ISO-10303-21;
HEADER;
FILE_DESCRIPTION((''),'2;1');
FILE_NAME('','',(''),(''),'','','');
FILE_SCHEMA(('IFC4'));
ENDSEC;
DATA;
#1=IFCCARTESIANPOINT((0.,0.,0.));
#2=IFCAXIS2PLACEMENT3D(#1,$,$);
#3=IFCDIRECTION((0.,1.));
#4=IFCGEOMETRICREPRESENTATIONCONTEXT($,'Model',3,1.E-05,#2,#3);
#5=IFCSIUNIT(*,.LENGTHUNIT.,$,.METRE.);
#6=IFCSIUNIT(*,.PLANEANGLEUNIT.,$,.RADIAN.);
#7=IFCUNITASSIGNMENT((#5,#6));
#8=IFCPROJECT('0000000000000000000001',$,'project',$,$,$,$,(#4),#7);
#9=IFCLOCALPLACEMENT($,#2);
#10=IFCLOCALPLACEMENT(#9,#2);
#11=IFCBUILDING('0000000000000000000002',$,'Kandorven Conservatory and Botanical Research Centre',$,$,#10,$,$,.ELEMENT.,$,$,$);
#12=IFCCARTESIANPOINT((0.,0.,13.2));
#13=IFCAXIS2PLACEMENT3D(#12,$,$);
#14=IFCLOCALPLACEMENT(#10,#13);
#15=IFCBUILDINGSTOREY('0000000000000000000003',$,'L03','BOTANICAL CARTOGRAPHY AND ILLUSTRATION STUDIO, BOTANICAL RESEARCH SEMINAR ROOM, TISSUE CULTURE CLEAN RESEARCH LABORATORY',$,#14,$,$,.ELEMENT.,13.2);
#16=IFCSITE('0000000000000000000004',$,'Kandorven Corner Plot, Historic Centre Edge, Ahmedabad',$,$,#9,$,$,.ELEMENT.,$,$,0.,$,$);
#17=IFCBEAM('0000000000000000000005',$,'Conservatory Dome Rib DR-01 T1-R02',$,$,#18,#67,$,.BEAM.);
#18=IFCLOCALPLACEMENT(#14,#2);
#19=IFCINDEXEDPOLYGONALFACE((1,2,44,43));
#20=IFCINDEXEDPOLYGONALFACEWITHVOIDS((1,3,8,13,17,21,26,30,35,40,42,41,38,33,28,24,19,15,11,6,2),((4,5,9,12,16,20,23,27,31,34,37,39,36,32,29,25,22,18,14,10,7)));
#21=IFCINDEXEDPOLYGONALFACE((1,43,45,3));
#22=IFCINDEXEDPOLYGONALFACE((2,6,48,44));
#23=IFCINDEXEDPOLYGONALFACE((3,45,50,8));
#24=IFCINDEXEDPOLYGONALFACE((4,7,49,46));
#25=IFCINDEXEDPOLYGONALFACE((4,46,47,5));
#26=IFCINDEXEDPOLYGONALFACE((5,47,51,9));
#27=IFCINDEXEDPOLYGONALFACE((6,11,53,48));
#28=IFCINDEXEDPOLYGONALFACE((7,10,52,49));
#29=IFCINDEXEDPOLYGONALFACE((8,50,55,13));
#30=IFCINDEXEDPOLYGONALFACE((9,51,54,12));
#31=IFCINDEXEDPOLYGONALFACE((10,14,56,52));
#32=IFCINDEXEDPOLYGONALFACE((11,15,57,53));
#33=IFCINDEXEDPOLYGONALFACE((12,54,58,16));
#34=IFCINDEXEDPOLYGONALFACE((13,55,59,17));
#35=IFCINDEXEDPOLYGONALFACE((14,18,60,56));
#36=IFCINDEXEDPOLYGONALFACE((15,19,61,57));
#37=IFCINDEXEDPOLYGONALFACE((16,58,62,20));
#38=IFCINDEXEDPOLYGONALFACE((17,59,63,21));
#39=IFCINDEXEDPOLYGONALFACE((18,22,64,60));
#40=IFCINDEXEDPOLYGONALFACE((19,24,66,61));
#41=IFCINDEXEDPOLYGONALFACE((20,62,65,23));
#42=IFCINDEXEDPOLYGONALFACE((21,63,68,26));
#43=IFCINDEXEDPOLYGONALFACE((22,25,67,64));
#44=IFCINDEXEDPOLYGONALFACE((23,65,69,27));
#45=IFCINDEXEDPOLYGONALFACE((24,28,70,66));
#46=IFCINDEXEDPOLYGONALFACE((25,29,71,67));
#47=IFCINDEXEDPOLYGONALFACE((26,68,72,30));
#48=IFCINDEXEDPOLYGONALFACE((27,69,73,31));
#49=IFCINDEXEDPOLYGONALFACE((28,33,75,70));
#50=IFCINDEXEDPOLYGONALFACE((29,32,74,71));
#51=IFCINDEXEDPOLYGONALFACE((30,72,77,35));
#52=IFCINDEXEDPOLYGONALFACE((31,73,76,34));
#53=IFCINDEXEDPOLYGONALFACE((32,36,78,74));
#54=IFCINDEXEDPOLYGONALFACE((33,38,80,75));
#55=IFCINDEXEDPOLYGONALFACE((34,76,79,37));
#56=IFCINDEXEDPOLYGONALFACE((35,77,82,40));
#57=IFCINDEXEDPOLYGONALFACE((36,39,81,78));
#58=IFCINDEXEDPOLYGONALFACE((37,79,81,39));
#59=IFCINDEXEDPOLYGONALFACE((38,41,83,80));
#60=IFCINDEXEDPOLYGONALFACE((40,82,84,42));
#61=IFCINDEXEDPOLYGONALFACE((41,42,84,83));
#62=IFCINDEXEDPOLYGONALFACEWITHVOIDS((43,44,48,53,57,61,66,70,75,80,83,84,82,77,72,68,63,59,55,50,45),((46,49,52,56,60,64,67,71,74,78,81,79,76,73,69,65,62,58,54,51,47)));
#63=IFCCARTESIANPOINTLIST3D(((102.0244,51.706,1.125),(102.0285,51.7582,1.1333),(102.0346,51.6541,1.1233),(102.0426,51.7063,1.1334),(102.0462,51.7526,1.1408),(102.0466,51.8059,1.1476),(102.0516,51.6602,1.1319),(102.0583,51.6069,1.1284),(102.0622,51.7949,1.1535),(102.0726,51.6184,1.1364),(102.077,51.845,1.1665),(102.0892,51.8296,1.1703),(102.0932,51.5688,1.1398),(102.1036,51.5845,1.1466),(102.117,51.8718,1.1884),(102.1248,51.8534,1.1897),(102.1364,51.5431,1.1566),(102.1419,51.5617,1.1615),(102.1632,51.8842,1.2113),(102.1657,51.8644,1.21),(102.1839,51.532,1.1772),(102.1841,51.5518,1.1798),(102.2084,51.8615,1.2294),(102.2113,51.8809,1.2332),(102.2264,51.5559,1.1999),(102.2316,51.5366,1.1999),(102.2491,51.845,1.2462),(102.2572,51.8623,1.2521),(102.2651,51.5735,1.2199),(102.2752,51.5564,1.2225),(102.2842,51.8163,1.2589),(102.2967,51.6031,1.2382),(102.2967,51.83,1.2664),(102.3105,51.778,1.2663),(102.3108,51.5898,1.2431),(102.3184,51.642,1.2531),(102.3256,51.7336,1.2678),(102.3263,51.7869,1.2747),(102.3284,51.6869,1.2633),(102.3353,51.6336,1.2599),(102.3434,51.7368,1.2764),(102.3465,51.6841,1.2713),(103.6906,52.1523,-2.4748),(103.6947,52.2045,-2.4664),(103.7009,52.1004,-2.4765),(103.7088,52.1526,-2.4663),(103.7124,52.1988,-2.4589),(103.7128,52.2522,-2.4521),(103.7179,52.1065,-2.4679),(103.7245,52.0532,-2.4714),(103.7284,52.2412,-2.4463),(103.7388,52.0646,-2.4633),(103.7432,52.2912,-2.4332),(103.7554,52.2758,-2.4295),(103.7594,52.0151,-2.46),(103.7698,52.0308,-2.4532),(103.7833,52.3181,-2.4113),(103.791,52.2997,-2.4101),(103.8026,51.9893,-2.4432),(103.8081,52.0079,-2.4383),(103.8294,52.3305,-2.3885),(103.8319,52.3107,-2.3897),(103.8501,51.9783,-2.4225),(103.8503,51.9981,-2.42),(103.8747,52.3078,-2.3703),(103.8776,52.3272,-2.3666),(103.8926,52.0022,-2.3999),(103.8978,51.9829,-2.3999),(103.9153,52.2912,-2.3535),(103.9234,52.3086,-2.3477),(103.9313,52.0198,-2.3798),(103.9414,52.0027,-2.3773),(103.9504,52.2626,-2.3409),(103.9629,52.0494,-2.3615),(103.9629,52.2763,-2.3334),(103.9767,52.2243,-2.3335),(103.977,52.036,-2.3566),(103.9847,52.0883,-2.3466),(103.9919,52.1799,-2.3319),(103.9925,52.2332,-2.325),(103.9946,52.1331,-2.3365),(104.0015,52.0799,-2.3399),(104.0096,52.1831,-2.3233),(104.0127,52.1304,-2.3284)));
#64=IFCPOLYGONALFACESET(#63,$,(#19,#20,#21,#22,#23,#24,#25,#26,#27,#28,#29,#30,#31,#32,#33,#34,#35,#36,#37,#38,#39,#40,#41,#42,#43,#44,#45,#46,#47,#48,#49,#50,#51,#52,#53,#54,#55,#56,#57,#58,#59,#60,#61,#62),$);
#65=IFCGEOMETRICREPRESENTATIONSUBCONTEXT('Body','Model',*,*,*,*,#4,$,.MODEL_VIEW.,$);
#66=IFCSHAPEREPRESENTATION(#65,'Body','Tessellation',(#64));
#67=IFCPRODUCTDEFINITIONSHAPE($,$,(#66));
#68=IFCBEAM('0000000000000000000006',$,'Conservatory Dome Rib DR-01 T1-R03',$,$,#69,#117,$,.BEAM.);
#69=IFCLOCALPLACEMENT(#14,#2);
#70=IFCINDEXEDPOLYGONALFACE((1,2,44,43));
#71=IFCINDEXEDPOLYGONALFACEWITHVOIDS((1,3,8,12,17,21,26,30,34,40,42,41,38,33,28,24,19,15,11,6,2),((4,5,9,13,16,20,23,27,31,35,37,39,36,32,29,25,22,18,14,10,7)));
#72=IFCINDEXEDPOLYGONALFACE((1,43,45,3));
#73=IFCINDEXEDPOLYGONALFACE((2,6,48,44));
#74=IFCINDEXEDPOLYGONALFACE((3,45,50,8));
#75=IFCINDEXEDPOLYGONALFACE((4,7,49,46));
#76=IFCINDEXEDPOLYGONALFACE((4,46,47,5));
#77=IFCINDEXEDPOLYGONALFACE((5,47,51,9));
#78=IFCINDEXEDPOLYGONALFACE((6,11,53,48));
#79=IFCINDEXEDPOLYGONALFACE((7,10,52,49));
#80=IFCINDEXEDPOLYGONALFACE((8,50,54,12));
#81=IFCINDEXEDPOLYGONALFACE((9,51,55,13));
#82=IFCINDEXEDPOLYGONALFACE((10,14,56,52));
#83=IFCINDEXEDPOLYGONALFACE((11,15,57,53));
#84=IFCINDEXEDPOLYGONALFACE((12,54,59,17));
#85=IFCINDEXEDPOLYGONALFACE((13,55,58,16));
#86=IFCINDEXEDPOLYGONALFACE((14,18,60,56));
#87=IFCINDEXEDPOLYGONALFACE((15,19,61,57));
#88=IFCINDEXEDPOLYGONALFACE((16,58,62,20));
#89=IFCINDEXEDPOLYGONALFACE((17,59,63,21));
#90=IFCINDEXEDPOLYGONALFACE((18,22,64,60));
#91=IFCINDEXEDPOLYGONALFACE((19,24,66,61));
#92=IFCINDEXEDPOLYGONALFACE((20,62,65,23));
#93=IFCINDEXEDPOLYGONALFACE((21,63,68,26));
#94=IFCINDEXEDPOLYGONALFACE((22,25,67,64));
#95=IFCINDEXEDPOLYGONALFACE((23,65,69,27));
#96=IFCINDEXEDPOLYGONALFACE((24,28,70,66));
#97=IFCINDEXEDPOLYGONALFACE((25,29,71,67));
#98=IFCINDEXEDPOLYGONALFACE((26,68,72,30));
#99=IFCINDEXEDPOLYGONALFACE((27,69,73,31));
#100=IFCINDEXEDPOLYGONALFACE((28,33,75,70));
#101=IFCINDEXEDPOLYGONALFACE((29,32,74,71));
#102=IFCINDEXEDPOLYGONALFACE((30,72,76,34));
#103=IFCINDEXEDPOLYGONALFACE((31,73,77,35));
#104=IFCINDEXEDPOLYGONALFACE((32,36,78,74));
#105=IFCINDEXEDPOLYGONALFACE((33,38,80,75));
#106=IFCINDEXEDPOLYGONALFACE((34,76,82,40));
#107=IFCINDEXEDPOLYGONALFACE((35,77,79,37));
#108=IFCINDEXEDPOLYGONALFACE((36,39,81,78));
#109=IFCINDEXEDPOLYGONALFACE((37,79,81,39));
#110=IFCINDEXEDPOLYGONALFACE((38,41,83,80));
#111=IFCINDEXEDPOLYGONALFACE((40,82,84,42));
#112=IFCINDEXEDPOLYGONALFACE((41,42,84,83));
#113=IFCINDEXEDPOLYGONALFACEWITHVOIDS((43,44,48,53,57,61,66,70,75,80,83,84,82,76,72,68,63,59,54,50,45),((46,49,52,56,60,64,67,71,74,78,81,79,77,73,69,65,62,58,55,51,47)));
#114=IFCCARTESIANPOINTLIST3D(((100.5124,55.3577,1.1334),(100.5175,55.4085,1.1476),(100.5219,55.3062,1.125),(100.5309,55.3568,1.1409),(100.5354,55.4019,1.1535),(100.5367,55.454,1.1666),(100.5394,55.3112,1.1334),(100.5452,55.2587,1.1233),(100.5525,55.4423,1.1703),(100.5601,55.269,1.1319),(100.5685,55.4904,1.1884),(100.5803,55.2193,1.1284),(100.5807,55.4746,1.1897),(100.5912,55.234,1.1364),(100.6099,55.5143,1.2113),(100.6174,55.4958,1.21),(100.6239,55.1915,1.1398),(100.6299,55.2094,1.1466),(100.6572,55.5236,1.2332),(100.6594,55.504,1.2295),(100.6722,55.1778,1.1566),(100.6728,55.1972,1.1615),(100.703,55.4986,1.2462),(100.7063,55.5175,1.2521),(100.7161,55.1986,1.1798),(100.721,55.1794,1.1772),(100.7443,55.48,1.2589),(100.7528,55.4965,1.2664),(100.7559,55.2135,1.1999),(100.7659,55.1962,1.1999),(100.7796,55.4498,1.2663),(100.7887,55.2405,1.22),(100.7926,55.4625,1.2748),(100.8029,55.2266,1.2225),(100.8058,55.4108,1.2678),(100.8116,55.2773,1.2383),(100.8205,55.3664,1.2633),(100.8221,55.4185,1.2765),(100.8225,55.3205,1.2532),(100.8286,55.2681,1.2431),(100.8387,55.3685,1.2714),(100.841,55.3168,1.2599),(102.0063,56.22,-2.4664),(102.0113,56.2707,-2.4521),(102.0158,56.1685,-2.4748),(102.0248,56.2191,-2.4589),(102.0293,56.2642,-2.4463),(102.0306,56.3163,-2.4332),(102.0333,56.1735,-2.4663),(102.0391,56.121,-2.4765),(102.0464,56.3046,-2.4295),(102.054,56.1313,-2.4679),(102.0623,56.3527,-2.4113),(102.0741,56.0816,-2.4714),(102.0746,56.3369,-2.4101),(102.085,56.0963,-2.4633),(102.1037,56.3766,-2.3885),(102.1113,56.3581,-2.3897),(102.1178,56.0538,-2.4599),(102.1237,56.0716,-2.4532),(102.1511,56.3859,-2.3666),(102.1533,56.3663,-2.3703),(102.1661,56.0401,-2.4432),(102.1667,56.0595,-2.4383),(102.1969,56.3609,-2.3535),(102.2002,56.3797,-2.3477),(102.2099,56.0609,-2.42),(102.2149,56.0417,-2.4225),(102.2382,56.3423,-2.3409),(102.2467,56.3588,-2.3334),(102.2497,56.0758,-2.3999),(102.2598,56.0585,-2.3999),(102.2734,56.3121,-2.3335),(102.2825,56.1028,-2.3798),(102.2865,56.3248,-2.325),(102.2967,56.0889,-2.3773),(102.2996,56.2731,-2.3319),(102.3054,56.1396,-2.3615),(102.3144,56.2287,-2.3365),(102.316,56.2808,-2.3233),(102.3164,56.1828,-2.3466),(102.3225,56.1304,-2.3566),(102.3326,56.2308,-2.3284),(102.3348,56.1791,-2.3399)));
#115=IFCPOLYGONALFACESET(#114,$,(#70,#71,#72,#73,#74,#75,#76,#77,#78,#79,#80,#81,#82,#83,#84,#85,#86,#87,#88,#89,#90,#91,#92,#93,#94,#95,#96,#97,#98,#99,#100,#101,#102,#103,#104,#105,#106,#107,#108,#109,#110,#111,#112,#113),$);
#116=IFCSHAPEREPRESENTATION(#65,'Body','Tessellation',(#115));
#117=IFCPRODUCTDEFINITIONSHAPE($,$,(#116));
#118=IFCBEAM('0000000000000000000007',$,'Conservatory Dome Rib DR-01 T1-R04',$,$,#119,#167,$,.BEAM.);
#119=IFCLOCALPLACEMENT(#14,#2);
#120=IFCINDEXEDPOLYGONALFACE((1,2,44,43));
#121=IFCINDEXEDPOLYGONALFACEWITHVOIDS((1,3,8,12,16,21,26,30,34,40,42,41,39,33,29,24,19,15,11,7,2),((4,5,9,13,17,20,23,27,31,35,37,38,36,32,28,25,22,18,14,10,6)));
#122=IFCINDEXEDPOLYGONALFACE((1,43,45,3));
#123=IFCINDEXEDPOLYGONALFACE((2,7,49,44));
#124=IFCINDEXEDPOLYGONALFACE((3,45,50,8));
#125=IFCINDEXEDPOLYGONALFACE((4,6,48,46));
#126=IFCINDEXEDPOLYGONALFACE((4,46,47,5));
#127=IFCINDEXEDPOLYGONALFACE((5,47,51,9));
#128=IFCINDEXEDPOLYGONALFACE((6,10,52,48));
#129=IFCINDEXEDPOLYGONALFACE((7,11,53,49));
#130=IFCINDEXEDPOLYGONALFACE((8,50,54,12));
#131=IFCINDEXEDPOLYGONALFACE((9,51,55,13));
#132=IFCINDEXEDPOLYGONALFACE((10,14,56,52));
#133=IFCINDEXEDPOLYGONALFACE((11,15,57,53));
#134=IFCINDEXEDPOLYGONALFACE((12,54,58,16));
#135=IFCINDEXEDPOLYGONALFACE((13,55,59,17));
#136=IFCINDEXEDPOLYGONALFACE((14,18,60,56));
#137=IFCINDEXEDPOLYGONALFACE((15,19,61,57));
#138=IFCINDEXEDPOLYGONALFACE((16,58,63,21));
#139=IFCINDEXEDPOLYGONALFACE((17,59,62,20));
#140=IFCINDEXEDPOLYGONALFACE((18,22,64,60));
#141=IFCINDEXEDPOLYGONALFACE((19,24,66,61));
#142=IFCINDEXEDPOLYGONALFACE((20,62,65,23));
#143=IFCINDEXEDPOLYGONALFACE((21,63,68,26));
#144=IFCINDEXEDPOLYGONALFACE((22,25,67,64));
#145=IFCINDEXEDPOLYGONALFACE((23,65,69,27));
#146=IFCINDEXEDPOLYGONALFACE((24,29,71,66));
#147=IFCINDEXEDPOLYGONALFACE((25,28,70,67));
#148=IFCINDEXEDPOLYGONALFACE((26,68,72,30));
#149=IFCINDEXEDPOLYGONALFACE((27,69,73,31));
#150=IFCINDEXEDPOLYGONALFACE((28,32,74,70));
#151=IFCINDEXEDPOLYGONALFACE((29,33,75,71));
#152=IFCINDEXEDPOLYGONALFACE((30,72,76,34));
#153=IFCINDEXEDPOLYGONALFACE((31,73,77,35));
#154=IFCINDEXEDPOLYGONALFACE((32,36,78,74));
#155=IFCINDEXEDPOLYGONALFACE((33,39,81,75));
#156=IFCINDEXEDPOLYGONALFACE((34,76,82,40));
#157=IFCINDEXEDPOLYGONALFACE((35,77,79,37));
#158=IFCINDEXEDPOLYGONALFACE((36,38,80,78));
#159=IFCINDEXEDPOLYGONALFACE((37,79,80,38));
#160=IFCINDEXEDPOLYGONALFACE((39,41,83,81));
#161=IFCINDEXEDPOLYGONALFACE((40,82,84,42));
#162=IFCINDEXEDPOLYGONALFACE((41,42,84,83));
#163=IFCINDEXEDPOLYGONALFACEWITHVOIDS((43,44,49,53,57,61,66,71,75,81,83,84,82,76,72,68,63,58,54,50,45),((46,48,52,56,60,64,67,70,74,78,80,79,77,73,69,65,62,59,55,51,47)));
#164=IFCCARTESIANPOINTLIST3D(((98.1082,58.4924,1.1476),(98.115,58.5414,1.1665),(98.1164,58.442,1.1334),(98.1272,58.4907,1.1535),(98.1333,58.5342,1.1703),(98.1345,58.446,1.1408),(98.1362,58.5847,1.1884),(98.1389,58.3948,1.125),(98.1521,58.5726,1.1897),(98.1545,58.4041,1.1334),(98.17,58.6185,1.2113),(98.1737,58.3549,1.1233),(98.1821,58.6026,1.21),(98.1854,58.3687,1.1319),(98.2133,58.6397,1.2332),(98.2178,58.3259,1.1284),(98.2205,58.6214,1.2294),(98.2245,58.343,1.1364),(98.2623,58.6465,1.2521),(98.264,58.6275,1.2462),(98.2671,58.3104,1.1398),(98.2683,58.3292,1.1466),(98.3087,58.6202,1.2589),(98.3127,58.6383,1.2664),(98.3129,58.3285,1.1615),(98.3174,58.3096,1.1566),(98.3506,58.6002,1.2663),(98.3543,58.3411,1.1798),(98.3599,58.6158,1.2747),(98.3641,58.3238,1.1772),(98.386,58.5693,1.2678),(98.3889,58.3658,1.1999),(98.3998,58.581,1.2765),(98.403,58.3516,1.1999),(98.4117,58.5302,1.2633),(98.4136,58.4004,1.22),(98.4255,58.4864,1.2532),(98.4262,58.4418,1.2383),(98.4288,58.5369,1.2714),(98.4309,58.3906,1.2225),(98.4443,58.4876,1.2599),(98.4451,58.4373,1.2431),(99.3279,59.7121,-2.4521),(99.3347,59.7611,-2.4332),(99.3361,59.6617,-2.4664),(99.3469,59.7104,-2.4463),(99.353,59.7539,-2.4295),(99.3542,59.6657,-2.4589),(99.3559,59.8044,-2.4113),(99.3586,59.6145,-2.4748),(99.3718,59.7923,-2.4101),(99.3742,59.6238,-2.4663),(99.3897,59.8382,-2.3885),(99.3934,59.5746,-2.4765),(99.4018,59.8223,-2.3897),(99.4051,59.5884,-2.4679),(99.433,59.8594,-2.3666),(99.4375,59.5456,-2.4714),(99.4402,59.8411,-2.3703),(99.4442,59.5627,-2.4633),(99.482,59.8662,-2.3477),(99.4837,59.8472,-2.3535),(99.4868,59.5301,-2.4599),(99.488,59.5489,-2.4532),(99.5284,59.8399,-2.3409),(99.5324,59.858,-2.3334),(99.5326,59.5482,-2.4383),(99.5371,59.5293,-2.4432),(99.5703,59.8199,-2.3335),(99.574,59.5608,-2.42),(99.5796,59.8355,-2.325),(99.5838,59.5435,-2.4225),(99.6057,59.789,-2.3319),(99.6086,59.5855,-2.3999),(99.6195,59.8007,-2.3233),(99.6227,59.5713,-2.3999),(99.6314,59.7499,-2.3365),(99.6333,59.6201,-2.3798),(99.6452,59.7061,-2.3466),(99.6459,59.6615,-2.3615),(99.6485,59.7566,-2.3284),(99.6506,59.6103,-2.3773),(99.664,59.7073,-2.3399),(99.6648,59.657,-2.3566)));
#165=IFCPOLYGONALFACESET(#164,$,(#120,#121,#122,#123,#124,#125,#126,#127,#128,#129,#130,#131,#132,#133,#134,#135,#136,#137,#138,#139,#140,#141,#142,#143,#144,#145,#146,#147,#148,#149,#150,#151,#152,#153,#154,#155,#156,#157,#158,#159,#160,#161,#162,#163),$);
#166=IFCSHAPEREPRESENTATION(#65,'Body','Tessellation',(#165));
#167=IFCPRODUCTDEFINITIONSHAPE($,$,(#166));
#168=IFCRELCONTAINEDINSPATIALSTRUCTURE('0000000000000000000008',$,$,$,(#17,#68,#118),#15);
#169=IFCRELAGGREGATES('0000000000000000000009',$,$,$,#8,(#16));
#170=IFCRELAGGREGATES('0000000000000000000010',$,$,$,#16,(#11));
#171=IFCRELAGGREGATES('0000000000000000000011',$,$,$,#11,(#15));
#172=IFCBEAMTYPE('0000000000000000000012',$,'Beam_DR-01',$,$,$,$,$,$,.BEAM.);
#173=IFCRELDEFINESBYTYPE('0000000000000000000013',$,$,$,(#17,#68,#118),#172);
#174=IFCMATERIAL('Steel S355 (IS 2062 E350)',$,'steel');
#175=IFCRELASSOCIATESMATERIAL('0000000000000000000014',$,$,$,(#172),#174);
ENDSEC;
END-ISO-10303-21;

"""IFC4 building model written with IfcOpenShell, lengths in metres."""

from ifc_helpers import new_model, si_unit, direction, frame, origin, origin_2d, place, context, subcontext, project, spatial, hollow_circle, extrude, material, material_profile, profile_set, type_object, element, save


model = new_model("IFC4")

# Units and contexts
model_context = context("Model", 3, precision=1e-05, world=origin(), true_north=direction((0.0, 1.0)))
body_context = subcontext(model_context, "Body", "Model", "MODEL_VIEW")
ifc_project = project(units=[si_unit("LENGTHUNIT", "METRE"), si_unit("PLANEANGLEUNIT", "RADIAN")], contexts=[model_context])

# Site, building, storey
site_placement = place(None, origin())
site = spatial("IfcSite", under=ifc_project, at=site_placement, Name="Kandorven Corner Plot, Historic Centre Edge, Ahmedabad", CompositionType="ELEMENT", RefElevation=0.0)
building_placement = place(site_placement, origin())
building = spatial("IfcBuilding", under=site, at=building_placement, Name="Kandorven Conservatory and Botanical Research Centre", CompositionType="ELEMENT")
storey_placement = place(building_placement, frame((0.0, 0.0, 13.2)))
storey = spatial("IfcBuildingStorey", under=building, at=storey_placement, Name="L03", Description="BOTANICAL CARTOGRAPHY AND ILLUSTRATION STUDIO, BOTANICAL RESEARCH SEMINAR ROOM, TISSUE CULTURE CLEAN RESEARCH LABORATORY", CompositionType="ELEMENT", Elevation=13.2)

# Beams
ifc_material_1 = material(Name="Steel S355 (IS 2062 E350)", Category="steel")
ifc_material_profile_1 = material_profile(ifc_material_1, hollow_circle(Radius=0.1777, WallThickness=0.02, at=origin_2d()))
ifc_profile_set_1 = profile_set([ifc_material_profile_1], Name="Steel S355 (IS 2062 E350)")
beam_type_1 = type_object("IfcBeamType", Name="Beam_DR-01", PredefinedType="BEAM", material=ifc_profile_set_1)
for number, where, z_axis, x_axis, name in (
    (1, (103.8518, 52.1545, -2.3999), (-0.41742, -0.111801, 0.90181), (0.25872, -0.965952, 0.0), "Conservatory Dome Rib DR-01 T1-R02"),
    (2, (102.1709, 56.2124, -2.3999), (-0.374244, -0.216021, 0.901818), (0.499914, -0.866075, 0.0), "Conservatory Dome Rib DR-01 T1-R03"),
    (3, (99.4971, 59.697, -2.3999), (-0.305559, -0.305559, 0.901814), (0.707107, -0.707107, 0.0), "Conservatory Dome Rib DR-01 T1-R04"),
):
    element("IfcBeam", number, at=place(storey_placement, frame(where, z_axis=z_axis, x_axis=x_axis)), inside=storey, type_object=beam_type_1, Name=name, PredefinedType="BEAM", context=body_context, shape_type="SweptSolid", body=[
        extrude(hollow_circle(Radius=0.1777, WallThickness=0.02, at=origin_2d()), origin(), (0.0, 0.0, 1.0), 3.9917),
    ])

save(model, "model.ifc")
